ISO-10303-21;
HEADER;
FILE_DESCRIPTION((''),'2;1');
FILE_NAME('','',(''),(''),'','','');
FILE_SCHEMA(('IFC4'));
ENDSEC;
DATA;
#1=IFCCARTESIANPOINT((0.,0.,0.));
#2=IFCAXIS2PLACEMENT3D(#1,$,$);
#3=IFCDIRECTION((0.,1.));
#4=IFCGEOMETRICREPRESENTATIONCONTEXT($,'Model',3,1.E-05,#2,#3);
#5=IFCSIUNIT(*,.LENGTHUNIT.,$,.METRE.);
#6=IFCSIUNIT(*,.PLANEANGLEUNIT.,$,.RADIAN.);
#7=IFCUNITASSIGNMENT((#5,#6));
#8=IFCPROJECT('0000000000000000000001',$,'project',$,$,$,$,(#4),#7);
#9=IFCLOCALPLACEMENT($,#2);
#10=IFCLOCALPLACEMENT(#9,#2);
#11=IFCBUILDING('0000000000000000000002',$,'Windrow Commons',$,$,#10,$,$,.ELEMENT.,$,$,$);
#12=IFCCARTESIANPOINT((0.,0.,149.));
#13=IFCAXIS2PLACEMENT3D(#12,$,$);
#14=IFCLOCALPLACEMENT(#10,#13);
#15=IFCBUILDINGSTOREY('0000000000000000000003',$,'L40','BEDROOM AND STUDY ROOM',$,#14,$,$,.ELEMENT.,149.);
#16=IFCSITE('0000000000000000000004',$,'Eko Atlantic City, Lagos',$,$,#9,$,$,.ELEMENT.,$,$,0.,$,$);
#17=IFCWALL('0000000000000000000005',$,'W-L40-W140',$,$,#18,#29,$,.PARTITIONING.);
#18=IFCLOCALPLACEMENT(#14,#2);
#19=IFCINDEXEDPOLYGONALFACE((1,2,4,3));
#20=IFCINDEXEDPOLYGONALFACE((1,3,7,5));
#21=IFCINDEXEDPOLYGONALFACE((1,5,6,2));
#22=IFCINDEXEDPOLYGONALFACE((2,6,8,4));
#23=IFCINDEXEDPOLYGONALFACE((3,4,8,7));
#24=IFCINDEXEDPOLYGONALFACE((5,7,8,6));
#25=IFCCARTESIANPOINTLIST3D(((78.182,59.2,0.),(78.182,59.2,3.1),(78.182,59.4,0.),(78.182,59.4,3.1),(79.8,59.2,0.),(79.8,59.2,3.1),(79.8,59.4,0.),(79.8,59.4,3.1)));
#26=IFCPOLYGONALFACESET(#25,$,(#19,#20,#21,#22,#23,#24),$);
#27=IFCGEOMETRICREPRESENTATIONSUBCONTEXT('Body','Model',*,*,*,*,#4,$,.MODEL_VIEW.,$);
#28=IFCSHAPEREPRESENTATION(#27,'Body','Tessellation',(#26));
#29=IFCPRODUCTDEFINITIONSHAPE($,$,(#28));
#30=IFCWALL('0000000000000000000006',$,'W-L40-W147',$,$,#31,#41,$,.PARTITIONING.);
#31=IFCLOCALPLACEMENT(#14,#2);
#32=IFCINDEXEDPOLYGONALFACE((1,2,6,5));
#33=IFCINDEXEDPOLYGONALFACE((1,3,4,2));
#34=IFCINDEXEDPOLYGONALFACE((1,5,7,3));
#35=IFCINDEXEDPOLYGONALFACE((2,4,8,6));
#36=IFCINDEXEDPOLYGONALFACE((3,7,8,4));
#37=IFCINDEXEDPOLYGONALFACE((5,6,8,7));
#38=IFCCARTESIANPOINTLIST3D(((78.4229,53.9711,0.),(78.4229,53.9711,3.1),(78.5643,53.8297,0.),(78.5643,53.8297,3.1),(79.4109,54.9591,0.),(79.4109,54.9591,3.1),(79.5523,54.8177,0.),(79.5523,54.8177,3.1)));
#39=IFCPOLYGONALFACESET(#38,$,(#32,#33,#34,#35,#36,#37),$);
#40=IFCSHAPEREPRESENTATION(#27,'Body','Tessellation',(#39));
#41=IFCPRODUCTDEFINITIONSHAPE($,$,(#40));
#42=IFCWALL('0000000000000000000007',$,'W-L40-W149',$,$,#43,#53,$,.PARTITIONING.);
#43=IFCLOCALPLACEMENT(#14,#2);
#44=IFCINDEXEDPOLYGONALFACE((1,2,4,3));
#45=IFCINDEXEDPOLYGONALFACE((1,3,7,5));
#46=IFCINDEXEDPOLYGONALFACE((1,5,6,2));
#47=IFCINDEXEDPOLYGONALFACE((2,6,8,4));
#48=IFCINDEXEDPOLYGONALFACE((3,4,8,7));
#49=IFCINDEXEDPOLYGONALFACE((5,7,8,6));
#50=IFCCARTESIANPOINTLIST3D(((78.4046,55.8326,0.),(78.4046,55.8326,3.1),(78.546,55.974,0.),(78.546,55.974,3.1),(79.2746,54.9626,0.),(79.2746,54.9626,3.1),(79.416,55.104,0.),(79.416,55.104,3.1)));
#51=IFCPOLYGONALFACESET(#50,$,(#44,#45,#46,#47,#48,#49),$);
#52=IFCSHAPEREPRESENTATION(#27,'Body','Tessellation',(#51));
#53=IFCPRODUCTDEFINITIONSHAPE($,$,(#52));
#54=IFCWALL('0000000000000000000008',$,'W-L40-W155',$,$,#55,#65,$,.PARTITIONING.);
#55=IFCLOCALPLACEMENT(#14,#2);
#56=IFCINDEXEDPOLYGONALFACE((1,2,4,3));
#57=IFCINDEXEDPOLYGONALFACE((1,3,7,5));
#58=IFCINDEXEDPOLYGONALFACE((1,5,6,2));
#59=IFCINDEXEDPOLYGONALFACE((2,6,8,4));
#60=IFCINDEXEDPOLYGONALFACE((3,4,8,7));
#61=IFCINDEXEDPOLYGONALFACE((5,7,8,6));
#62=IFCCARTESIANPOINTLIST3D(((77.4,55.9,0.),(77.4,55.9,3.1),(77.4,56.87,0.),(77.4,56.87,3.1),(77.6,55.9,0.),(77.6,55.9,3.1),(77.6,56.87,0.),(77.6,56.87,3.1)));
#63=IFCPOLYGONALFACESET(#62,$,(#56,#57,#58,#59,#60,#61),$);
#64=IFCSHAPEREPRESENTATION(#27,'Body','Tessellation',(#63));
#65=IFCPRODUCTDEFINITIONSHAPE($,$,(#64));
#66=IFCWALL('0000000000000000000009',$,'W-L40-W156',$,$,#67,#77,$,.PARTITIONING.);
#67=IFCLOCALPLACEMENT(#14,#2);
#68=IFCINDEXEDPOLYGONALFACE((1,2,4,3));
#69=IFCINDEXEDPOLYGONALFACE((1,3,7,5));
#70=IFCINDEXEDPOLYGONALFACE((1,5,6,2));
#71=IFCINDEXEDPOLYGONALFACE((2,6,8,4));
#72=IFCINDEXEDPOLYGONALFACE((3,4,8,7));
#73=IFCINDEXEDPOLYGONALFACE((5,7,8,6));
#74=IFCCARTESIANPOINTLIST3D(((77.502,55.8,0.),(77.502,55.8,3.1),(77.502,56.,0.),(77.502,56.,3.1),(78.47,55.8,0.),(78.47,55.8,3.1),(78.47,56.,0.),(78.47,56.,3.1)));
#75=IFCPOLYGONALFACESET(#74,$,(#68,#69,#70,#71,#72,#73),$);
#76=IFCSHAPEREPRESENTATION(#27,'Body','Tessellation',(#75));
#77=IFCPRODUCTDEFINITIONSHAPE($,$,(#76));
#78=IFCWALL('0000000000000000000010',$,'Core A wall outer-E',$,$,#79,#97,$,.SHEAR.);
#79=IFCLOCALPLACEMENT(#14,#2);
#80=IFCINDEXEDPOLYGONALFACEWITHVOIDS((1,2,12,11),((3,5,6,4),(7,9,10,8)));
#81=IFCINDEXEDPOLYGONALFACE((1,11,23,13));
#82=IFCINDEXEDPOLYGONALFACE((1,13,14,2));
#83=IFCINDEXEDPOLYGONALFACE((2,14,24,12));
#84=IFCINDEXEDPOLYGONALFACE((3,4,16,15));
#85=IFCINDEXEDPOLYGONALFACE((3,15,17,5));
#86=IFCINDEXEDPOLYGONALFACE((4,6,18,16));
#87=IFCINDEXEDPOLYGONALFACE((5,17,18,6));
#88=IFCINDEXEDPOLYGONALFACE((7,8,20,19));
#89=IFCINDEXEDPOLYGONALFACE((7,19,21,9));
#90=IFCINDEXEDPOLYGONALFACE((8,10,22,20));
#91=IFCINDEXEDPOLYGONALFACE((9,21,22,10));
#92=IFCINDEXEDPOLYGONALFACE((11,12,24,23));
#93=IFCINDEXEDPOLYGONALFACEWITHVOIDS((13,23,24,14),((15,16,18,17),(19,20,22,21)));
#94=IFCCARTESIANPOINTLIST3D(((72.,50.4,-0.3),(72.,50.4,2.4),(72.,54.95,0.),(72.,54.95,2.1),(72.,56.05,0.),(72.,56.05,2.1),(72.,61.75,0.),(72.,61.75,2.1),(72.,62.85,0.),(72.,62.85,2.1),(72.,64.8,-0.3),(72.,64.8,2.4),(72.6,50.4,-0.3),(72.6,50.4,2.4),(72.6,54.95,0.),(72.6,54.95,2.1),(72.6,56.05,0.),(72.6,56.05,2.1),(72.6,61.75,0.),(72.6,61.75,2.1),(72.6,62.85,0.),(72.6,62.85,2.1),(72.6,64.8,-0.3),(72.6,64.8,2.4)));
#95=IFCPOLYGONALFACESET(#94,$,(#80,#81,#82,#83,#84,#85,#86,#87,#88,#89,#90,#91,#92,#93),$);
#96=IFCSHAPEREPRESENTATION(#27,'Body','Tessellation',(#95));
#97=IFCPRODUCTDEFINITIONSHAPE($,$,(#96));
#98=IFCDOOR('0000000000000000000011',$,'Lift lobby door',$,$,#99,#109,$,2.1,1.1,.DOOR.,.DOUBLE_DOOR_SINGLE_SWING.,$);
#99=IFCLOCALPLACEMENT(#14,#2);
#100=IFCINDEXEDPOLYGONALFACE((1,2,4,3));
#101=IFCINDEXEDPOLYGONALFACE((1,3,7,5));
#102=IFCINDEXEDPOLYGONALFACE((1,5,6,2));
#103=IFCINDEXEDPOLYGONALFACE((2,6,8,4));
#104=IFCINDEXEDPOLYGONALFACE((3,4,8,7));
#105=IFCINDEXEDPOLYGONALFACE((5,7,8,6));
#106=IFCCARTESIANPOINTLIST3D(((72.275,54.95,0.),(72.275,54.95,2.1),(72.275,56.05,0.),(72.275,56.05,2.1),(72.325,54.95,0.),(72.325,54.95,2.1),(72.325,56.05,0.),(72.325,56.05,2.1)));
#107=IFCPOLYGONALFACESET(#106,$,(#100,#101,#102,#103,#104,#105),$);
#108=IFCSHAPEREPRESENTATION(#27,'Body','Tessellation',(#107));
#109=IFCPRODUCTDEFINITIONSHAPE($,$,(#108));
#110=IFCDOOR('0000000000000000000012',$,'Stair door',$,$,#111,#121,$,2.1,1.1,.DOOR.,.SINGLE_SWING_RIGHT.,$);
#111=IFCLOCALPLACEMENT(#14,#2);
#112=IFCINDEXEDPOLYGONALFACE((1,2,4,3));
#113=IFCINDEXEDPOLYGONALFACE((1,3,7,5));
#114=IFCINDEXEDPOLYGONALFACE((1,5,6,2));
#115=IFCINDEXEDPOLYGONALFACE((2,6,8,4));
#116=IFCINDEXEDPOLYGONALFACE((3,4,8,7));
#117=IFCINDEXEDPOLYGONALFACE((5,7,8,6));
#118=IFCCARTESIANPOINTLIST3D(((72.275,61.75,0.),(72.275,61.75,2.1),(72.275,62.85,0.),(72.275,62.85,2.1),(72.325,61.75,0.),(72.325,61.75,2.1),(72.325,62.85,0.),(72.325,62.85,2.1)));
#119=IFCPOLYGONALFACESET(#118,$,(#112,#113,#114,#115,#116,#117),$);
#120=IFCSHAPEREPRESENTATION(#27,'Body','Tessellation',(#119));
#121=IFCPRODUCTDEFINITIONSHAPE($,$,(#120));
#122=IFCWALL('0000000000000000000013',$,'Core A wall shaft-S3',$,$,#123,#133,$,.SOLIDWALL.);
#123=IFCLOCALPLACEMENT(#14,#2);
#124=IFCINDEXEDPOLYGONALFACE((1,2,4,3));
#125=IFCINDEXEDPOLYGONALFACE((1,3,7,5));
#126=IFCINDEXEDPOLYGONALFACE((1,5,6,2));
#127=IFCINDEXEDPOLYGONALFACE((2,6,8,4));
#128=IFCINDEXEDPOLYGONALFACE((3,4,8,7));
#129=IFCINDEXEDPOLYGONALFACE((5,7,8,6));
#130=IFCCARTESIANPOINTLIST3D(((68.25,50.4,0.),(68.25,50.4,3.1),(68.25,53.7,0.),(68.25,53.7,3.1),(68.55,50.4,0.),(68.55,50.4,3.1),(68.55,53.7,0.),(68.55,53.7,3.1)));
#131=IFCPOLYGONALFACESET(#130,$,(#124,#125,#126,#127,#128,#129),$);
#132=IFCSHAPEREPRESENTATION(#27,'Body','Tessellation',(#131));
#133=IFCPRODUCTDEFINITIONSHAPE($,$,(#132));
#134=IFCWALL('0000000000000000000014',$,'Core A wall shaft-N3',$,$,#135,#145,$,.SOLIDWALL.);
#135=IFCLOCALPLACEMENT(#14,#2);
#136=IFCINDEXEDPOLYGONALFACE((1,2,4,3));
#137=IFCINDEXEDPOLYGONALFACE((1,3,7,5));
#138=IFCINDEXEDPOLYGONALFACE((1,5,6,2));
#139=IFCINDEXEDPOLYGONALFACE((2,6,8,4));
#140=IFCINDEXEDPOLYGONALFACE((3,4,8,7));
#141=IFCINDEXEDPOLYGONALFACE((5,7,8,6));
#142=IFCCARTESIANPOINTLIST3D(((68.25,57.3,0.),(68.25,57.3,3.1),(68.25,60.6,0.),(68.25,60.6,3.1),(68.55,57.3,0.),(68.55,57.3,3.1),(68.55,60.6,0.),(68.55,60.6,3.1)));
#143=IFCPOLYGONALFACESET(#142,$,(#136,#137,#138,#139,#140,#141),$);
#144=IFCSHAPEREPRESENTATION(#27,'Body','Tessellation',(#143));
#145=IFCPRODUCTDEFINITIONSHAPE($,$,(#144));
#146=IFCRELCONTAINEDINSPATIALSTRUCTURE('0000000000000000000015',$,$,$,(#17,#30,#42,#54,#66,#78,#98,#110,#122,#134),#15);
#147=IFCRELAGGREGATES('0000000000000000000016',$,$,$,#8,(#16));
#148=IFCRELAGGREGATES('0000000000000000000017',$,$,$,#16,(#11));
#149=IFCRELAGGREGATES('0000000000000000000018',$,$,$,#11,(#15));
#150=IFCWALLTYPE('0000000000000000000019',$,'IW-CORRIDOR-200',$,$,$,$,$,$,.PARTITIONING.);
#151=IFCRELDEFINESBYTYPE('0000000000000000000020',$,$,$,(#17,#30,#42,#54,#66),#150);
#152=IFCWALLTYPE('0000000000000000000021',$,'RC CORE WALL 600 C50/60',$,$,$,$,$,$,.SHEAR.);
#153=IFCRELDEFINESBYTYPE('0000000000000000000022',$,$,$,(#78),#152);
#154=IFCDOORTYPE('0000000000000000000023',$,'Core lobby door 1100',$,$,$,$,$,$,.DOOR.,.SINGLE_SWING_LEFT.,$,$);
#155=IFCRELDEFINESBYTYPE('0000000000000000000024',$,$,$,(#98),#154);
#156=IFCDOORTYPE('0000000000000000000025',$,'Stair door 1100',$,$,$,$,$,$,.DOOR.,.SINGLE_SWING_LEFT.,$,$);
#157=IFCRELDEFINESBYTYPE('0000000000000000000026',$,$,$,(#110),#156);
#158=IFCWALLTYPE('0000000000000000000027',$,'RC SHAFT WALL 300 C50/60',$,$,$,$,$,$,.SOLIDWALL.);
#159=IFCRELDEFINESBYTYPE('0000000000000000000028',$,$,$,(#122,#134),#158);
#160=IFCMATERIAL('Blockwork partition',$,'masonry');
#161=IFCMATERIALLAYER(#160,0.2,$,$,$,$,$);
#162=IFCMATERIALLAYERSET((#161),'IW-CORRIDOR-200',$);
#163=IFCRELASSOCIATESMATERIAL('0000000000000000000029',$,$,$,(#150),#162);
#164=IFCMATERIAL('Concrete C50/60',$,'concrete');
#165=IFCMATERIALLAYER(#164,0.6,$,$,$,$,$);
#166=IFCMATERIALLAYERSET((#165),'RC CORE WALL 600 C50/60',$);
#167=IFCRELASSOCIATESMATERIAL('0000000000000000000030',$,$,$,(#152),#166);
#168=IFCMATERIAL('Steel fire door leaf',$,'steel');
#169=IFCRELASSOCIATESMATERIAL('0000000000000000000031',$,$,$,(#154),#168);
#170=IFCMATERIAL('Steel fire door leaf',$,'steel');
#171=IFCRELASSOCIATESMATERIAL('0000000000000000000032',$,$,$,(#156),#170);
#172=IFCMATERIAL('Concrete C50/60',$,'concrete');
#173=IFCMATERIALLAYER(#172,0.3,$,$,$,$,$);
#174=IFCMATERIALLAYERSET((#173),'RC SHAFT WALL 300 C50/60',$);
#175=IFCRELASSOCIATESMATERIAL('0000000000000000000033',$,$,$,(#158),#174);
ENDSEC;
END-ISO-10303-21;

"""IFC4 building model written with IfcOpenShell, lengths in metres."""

from ifc_helpers import new_model, si_unit, direction, frame, frame_2d, origin, place, context, subcontext, project, spatial, rectangle, extrude, material, layer, layer_set, type_object, element, fill, save


model = new_model("IFC4")

# Units and contexts
model_context = context("Model", 3, precision=1e-05, world=origin(), true_north=direction((0.0, 1.0)))
body_context = subcontext(model_context, "Body", "Model", "MODEL_VIEW")
ifc_project = project(units=[si_unit("LENGTHUNIT", "METRE"), si_unit("PLANEANGLEUNIT", "RADIAN")], contexts=[model_context])

# Site, building, storey
site_placement = place(None, origin())
site = spatial("IfcSite", under=ifc_project, at=site_placement, Name="Eko Atlantic City, Lagos", CompositionType="ELEMENT", RefElevation=0.0)
building_placement = place(site_placement, origin())
building = spatial("IfcBuilding", under=site, at=building_placement, Name="Windrow Commons", CompositionType="ELEMENT")
storey_placement = place(building_placement, frame((0.0, 0.0, 149.0)))
storey = spatial("IfcBuildingStorey", under=building, at=storey_placement, Name="L40", Description="BEDROOM AND STUDY ROOM", CompositionType="ELEMENT", Elevation=149.0)

# Shared definitions
ifc_material_1 = material(Name="Blockwork partition", Category="masonry")
ifc_layer_1 = layer(ifc_material_1, 0.2)
ifc_layer_set_1 = layer_set([ifc_layer_1], Name="IW-CORRIDOR-200")
wall_type_1 = type_object("IfcWallType", Name="IW-CORRIDOR-200", PredefinedType="PARTITIONING", material=ifc_layer_set_1)

# Walls
wall_1_placement = place(storey_placement, frame((78.182, 59.3, 0.0), z_axis=(0.0, 0.0, 1.0), x_axis=(1.0, 0.0, 0.0)))
element("IfcWall", 1, at=wall_1_placement, inside=storey, type_object=wall_type_1, Name="W-L40-W140", PredefinedType="PARTITIONING", context=body_context, shape_type="SweptSolid", body=[
    extrude(rectangle(XDim=1.618, YDim=0.2, at=frame_2d((0.809, 0.0))), origin(), (0.0, 0.0, 1.0), 3.1),
])
wall_2_placement = place(storey_placement, frame((78.4936, 53.9004, 0.0), z_axis=(0.0, 0.0, 1.0), x_axis=(0.707107, 0.707107, 0.0)))
element("IfcWall", 2, at=wall_2_placement, inside=storey, type_object=wall_type_1, Name="W-L40-W147", PredefinedType="PARTITIONING", context=body_context, shape_type="SweptSolid", body=[
    extrude(rectangle(XDim=1.3972, YDim=0.2, at=frame_2d((0.6986, 0.0))), origin(), (0.0, 0.0, 1.0), 3.1),
])
wall_3_placement = place(storey_placement, frame((78.4753, 55.9033, 0.0), z_axis=(0.0, 0.0, 1.0), x_axis=(0.707107, -0.707107, 0.0)))
element("IfcWall", 3, at=wall_3_placement, inside=storey, type_object=wall_type_1, Name="W-L40-W149", PredefinedType="PARTITIONING", context=body_context, shape_type="SweptSolid", body=[
    extrude(rectangle(XDim=1.2304, YDim=0.2, at=frame_2d((0.6152, 0.0))), origin(), (0.0, 0.0, 1.0), 3.1),
])
wall_4_placement = place(storey_placement, frame((77.5, 55.9, 0.0), z_axis=(0.0, 0.0, 1.0), x_axis=(0.0, 1.0, 0.0)))
element("IfcWall", 4, at=wall_4_placement, inside=storey, type_object=wall_type_1, Name="W-L40-W155", PredefinedType="PARTITIONING", context=body_context, shape_type="SweptSolid", body=[
    extrude(rectangle(XDim=0.97, YDim=0.2, at=frame_2d((0.485, 0.0))), origin(), (0.0, 0.0, 1.0), 3.1),
])
wall_5_placement = place(storey_placement, frame((77.502, 55.9, 0.0), z_axis=(0.0, 0.0, 1.0), x_axis=(1.0, 0.0, 0.0)))
element("IfcWall", 5, at=wall_5_placement, inside=storey, type_object=wall_type_1, Name="W-L40-W156", PredefinedType="PARTITIONING", context=body_context, shape_type="SweptSolid", body=[
    extrude(rectangle(XDim=0.968, YDim=0.2, at=frame_2d((0.484, 0.0))), origin(), (0.0, 0.0, 1.0), 3.1),
])

# Wall, openings, doors
ifc_material_2 = material(Name="Concrete C50/60", Category="concrete")
ifc_layer_2 = layer(ifc_material_2, 0.6)
ifc_layer_set_2 = layer_set([ifc_layer_2], Name="RC CORE WALL 600 C50/60")
wall_type_2 = type_object("IfcWallType", Name="RC CORE WALL 600 C50/60", PredefinedType="SHEAR", material=ifc_layer_set_2)
wall_6_placement = place(storey_placement, frame((72.3, 50.4, -0.3), z_axis=(0.0, 0.0, 1.0), x_axis=(0.0, 1.0, 0.0)))
wall_6 = element("IfcWall", 6, at=wall_6_placement, inside=storey, type_object=wall_type_2, Name="Core A wall outer-E", PredefinedType="SHEAR", context=body_context, shape_type="SweptSolid", body=[
    extrude(rectangle(XDim=14.4, YDim=0.6, at=frame_2d((7.2, 0.0))), origin(), (0.0, 0.0, 1.0), 2.7),
])
opening_1_placement = place(wall_6_placement, frame((4.55, 0.0, 0.3)))
opening_1 = element("IfcOpeningElement", 7, at=opening_1_placement, cuts=wall_6, PredefinedType="OPENING", context=body_context, shape_type="SweptSolid", body=[
    extrude(rectangle(XDim=1.1, YDim=2.1, at=frame_2d((0.55, 1.05))), frame((0.0, 0.31, 0.0), z_axis=(0.0, -1.0, 0.0), x_axis=(1.0, 0.0, 0.0)), (0.0, 0.0, 1.0), 0.62),
])
opening_2_placement = place(wall_6_placement, frame((11.35, 0.0, 0.3)))
opening_2 = element("IfcOpeningElement", 8, at=opening_2_placement, cuts=wall_6, PredefinedType="OPENING", context=body_context, shape_type="SweptSolid", body=[
    extrude(rectangle(XDim=1.1, YDim=2.1, at=frame_2d((0.55, 1.05))), frame((0.0, 0.31, 0.0), z_axis=(0.0, -1.0, 0.0), x_axis=(1.0, 0.0, 0.0)), (0.0, 0.0, 1.0), 0.62),
])
ifc_material_3 = material(Name="Steel fire door leaf", Category="steel")
door_type_1 = type_object("IfcDoorType", Name="Core lobby door 1100", OperationType="SINGLE_SWING_LEFT", PredefinedType="DOOR", material=ifc_material_3)
door_1_placement = place(opening_1_placement, origin())
door_1 = element("IfcDoor", 9, at=door_1_placement, inside=storey, type_object=door_type_1, Name="Lift lobby door", OperationType="DOUBLE_DOOR_SINGLE_SWING", OverallHeight=2.1, OverallWidth=1.1, PredefinedType="DOOR", context=body_context, shape_type="SweptSolid", body=[
    extrude(rectangle(XDim=1.1, YDim=2.1, at=frame_2d((0.55, 1.05))), frame((0.0, 0.025, 0.0), z_axis=(0.0, -1.0, 0.0), x_axis=(1.0, 0.0, 0.0)), (0.0, 0.0, 1.0), 0.05),
])
fill(opening_1, door_1)
ifc_material_4 = material(Name="Steel fire door leaf", Category="steel")
door_type_2 = type_object("IfcDoorType", Name="Stair door 1100", OperationType="SINGLE_SWING_LEFT", PredefinedType="DOOR", material=ifc_material_4)
door_2_placement = place(opening_2_placement, origin())
door_2 = element("IfcDoor", 10, at=door_2_placement, inside=storey, type_object=door_type_2, Name="Stair door", OperationType="SINGLE_SWING_RIGHT", OverallHeight=2.1, OverallWidth=1.1, PredefinedType="DOOR", context=body_context, shape_type="SweptSolid", body=[
    extrude(rectangle(XDim=1.1, YDim=2.1, at=frame_2d((0.55, 1.05))), frame((0.0, 0.025, 0.0), z_axis=(0.0, -1.0, 0.0), x_axis=(1.0, 0.0, 0.0)), (0.0, 0.0, 1.0), 0.05),
])
fill(opening_2, door_2)

# Walls
ifc_material_5 = material(Name="Concrete C50/60", Category="concrete")
ifc_layer_3 = layer(ifc_material_5, 0.3)
ifc_layer_set_3 = layer_set([ifc_layer_3], Name="RC SHAFT WALL 300 C50/60")
wall_type_3 = type_object("IfcWallType", Name="RC SHAFT WALL 300 C50/60", PredefinedType="SOLIDWALL", material=ifc_layer_set_3)
for number, where, z_axis, x_axis, name in (
    (11, (68.4, 50.4, 0.0), (0.0, 0.0, 1.0), (0.0, 1.0, 0.0), "Core A wall shaft-S3"),
    (12, (68.4, 57.3, 0.0), (0.0, 0.0, 1.0), (0.0, 1.0, 0.0), "Core A wall shaft-N3"),
):
    element("IfcWall", number, at=place(storey_placement, frame(where, z_axis=z_axis, x_axis=x_axis)), inside=storey, type_object=wall_type_3, Name=name, PredefinedType="SOLIDWALL", context=body_context, shape_type="SweptSolid", body=[
        extrude(rectangle(XDim=3.3, YDim=0.3, at=frame_2d((1.65, 0.0))), origin(), (0.0, 0.0, 1.0), 3.1),
    ])

save(model, "model.ifc")
